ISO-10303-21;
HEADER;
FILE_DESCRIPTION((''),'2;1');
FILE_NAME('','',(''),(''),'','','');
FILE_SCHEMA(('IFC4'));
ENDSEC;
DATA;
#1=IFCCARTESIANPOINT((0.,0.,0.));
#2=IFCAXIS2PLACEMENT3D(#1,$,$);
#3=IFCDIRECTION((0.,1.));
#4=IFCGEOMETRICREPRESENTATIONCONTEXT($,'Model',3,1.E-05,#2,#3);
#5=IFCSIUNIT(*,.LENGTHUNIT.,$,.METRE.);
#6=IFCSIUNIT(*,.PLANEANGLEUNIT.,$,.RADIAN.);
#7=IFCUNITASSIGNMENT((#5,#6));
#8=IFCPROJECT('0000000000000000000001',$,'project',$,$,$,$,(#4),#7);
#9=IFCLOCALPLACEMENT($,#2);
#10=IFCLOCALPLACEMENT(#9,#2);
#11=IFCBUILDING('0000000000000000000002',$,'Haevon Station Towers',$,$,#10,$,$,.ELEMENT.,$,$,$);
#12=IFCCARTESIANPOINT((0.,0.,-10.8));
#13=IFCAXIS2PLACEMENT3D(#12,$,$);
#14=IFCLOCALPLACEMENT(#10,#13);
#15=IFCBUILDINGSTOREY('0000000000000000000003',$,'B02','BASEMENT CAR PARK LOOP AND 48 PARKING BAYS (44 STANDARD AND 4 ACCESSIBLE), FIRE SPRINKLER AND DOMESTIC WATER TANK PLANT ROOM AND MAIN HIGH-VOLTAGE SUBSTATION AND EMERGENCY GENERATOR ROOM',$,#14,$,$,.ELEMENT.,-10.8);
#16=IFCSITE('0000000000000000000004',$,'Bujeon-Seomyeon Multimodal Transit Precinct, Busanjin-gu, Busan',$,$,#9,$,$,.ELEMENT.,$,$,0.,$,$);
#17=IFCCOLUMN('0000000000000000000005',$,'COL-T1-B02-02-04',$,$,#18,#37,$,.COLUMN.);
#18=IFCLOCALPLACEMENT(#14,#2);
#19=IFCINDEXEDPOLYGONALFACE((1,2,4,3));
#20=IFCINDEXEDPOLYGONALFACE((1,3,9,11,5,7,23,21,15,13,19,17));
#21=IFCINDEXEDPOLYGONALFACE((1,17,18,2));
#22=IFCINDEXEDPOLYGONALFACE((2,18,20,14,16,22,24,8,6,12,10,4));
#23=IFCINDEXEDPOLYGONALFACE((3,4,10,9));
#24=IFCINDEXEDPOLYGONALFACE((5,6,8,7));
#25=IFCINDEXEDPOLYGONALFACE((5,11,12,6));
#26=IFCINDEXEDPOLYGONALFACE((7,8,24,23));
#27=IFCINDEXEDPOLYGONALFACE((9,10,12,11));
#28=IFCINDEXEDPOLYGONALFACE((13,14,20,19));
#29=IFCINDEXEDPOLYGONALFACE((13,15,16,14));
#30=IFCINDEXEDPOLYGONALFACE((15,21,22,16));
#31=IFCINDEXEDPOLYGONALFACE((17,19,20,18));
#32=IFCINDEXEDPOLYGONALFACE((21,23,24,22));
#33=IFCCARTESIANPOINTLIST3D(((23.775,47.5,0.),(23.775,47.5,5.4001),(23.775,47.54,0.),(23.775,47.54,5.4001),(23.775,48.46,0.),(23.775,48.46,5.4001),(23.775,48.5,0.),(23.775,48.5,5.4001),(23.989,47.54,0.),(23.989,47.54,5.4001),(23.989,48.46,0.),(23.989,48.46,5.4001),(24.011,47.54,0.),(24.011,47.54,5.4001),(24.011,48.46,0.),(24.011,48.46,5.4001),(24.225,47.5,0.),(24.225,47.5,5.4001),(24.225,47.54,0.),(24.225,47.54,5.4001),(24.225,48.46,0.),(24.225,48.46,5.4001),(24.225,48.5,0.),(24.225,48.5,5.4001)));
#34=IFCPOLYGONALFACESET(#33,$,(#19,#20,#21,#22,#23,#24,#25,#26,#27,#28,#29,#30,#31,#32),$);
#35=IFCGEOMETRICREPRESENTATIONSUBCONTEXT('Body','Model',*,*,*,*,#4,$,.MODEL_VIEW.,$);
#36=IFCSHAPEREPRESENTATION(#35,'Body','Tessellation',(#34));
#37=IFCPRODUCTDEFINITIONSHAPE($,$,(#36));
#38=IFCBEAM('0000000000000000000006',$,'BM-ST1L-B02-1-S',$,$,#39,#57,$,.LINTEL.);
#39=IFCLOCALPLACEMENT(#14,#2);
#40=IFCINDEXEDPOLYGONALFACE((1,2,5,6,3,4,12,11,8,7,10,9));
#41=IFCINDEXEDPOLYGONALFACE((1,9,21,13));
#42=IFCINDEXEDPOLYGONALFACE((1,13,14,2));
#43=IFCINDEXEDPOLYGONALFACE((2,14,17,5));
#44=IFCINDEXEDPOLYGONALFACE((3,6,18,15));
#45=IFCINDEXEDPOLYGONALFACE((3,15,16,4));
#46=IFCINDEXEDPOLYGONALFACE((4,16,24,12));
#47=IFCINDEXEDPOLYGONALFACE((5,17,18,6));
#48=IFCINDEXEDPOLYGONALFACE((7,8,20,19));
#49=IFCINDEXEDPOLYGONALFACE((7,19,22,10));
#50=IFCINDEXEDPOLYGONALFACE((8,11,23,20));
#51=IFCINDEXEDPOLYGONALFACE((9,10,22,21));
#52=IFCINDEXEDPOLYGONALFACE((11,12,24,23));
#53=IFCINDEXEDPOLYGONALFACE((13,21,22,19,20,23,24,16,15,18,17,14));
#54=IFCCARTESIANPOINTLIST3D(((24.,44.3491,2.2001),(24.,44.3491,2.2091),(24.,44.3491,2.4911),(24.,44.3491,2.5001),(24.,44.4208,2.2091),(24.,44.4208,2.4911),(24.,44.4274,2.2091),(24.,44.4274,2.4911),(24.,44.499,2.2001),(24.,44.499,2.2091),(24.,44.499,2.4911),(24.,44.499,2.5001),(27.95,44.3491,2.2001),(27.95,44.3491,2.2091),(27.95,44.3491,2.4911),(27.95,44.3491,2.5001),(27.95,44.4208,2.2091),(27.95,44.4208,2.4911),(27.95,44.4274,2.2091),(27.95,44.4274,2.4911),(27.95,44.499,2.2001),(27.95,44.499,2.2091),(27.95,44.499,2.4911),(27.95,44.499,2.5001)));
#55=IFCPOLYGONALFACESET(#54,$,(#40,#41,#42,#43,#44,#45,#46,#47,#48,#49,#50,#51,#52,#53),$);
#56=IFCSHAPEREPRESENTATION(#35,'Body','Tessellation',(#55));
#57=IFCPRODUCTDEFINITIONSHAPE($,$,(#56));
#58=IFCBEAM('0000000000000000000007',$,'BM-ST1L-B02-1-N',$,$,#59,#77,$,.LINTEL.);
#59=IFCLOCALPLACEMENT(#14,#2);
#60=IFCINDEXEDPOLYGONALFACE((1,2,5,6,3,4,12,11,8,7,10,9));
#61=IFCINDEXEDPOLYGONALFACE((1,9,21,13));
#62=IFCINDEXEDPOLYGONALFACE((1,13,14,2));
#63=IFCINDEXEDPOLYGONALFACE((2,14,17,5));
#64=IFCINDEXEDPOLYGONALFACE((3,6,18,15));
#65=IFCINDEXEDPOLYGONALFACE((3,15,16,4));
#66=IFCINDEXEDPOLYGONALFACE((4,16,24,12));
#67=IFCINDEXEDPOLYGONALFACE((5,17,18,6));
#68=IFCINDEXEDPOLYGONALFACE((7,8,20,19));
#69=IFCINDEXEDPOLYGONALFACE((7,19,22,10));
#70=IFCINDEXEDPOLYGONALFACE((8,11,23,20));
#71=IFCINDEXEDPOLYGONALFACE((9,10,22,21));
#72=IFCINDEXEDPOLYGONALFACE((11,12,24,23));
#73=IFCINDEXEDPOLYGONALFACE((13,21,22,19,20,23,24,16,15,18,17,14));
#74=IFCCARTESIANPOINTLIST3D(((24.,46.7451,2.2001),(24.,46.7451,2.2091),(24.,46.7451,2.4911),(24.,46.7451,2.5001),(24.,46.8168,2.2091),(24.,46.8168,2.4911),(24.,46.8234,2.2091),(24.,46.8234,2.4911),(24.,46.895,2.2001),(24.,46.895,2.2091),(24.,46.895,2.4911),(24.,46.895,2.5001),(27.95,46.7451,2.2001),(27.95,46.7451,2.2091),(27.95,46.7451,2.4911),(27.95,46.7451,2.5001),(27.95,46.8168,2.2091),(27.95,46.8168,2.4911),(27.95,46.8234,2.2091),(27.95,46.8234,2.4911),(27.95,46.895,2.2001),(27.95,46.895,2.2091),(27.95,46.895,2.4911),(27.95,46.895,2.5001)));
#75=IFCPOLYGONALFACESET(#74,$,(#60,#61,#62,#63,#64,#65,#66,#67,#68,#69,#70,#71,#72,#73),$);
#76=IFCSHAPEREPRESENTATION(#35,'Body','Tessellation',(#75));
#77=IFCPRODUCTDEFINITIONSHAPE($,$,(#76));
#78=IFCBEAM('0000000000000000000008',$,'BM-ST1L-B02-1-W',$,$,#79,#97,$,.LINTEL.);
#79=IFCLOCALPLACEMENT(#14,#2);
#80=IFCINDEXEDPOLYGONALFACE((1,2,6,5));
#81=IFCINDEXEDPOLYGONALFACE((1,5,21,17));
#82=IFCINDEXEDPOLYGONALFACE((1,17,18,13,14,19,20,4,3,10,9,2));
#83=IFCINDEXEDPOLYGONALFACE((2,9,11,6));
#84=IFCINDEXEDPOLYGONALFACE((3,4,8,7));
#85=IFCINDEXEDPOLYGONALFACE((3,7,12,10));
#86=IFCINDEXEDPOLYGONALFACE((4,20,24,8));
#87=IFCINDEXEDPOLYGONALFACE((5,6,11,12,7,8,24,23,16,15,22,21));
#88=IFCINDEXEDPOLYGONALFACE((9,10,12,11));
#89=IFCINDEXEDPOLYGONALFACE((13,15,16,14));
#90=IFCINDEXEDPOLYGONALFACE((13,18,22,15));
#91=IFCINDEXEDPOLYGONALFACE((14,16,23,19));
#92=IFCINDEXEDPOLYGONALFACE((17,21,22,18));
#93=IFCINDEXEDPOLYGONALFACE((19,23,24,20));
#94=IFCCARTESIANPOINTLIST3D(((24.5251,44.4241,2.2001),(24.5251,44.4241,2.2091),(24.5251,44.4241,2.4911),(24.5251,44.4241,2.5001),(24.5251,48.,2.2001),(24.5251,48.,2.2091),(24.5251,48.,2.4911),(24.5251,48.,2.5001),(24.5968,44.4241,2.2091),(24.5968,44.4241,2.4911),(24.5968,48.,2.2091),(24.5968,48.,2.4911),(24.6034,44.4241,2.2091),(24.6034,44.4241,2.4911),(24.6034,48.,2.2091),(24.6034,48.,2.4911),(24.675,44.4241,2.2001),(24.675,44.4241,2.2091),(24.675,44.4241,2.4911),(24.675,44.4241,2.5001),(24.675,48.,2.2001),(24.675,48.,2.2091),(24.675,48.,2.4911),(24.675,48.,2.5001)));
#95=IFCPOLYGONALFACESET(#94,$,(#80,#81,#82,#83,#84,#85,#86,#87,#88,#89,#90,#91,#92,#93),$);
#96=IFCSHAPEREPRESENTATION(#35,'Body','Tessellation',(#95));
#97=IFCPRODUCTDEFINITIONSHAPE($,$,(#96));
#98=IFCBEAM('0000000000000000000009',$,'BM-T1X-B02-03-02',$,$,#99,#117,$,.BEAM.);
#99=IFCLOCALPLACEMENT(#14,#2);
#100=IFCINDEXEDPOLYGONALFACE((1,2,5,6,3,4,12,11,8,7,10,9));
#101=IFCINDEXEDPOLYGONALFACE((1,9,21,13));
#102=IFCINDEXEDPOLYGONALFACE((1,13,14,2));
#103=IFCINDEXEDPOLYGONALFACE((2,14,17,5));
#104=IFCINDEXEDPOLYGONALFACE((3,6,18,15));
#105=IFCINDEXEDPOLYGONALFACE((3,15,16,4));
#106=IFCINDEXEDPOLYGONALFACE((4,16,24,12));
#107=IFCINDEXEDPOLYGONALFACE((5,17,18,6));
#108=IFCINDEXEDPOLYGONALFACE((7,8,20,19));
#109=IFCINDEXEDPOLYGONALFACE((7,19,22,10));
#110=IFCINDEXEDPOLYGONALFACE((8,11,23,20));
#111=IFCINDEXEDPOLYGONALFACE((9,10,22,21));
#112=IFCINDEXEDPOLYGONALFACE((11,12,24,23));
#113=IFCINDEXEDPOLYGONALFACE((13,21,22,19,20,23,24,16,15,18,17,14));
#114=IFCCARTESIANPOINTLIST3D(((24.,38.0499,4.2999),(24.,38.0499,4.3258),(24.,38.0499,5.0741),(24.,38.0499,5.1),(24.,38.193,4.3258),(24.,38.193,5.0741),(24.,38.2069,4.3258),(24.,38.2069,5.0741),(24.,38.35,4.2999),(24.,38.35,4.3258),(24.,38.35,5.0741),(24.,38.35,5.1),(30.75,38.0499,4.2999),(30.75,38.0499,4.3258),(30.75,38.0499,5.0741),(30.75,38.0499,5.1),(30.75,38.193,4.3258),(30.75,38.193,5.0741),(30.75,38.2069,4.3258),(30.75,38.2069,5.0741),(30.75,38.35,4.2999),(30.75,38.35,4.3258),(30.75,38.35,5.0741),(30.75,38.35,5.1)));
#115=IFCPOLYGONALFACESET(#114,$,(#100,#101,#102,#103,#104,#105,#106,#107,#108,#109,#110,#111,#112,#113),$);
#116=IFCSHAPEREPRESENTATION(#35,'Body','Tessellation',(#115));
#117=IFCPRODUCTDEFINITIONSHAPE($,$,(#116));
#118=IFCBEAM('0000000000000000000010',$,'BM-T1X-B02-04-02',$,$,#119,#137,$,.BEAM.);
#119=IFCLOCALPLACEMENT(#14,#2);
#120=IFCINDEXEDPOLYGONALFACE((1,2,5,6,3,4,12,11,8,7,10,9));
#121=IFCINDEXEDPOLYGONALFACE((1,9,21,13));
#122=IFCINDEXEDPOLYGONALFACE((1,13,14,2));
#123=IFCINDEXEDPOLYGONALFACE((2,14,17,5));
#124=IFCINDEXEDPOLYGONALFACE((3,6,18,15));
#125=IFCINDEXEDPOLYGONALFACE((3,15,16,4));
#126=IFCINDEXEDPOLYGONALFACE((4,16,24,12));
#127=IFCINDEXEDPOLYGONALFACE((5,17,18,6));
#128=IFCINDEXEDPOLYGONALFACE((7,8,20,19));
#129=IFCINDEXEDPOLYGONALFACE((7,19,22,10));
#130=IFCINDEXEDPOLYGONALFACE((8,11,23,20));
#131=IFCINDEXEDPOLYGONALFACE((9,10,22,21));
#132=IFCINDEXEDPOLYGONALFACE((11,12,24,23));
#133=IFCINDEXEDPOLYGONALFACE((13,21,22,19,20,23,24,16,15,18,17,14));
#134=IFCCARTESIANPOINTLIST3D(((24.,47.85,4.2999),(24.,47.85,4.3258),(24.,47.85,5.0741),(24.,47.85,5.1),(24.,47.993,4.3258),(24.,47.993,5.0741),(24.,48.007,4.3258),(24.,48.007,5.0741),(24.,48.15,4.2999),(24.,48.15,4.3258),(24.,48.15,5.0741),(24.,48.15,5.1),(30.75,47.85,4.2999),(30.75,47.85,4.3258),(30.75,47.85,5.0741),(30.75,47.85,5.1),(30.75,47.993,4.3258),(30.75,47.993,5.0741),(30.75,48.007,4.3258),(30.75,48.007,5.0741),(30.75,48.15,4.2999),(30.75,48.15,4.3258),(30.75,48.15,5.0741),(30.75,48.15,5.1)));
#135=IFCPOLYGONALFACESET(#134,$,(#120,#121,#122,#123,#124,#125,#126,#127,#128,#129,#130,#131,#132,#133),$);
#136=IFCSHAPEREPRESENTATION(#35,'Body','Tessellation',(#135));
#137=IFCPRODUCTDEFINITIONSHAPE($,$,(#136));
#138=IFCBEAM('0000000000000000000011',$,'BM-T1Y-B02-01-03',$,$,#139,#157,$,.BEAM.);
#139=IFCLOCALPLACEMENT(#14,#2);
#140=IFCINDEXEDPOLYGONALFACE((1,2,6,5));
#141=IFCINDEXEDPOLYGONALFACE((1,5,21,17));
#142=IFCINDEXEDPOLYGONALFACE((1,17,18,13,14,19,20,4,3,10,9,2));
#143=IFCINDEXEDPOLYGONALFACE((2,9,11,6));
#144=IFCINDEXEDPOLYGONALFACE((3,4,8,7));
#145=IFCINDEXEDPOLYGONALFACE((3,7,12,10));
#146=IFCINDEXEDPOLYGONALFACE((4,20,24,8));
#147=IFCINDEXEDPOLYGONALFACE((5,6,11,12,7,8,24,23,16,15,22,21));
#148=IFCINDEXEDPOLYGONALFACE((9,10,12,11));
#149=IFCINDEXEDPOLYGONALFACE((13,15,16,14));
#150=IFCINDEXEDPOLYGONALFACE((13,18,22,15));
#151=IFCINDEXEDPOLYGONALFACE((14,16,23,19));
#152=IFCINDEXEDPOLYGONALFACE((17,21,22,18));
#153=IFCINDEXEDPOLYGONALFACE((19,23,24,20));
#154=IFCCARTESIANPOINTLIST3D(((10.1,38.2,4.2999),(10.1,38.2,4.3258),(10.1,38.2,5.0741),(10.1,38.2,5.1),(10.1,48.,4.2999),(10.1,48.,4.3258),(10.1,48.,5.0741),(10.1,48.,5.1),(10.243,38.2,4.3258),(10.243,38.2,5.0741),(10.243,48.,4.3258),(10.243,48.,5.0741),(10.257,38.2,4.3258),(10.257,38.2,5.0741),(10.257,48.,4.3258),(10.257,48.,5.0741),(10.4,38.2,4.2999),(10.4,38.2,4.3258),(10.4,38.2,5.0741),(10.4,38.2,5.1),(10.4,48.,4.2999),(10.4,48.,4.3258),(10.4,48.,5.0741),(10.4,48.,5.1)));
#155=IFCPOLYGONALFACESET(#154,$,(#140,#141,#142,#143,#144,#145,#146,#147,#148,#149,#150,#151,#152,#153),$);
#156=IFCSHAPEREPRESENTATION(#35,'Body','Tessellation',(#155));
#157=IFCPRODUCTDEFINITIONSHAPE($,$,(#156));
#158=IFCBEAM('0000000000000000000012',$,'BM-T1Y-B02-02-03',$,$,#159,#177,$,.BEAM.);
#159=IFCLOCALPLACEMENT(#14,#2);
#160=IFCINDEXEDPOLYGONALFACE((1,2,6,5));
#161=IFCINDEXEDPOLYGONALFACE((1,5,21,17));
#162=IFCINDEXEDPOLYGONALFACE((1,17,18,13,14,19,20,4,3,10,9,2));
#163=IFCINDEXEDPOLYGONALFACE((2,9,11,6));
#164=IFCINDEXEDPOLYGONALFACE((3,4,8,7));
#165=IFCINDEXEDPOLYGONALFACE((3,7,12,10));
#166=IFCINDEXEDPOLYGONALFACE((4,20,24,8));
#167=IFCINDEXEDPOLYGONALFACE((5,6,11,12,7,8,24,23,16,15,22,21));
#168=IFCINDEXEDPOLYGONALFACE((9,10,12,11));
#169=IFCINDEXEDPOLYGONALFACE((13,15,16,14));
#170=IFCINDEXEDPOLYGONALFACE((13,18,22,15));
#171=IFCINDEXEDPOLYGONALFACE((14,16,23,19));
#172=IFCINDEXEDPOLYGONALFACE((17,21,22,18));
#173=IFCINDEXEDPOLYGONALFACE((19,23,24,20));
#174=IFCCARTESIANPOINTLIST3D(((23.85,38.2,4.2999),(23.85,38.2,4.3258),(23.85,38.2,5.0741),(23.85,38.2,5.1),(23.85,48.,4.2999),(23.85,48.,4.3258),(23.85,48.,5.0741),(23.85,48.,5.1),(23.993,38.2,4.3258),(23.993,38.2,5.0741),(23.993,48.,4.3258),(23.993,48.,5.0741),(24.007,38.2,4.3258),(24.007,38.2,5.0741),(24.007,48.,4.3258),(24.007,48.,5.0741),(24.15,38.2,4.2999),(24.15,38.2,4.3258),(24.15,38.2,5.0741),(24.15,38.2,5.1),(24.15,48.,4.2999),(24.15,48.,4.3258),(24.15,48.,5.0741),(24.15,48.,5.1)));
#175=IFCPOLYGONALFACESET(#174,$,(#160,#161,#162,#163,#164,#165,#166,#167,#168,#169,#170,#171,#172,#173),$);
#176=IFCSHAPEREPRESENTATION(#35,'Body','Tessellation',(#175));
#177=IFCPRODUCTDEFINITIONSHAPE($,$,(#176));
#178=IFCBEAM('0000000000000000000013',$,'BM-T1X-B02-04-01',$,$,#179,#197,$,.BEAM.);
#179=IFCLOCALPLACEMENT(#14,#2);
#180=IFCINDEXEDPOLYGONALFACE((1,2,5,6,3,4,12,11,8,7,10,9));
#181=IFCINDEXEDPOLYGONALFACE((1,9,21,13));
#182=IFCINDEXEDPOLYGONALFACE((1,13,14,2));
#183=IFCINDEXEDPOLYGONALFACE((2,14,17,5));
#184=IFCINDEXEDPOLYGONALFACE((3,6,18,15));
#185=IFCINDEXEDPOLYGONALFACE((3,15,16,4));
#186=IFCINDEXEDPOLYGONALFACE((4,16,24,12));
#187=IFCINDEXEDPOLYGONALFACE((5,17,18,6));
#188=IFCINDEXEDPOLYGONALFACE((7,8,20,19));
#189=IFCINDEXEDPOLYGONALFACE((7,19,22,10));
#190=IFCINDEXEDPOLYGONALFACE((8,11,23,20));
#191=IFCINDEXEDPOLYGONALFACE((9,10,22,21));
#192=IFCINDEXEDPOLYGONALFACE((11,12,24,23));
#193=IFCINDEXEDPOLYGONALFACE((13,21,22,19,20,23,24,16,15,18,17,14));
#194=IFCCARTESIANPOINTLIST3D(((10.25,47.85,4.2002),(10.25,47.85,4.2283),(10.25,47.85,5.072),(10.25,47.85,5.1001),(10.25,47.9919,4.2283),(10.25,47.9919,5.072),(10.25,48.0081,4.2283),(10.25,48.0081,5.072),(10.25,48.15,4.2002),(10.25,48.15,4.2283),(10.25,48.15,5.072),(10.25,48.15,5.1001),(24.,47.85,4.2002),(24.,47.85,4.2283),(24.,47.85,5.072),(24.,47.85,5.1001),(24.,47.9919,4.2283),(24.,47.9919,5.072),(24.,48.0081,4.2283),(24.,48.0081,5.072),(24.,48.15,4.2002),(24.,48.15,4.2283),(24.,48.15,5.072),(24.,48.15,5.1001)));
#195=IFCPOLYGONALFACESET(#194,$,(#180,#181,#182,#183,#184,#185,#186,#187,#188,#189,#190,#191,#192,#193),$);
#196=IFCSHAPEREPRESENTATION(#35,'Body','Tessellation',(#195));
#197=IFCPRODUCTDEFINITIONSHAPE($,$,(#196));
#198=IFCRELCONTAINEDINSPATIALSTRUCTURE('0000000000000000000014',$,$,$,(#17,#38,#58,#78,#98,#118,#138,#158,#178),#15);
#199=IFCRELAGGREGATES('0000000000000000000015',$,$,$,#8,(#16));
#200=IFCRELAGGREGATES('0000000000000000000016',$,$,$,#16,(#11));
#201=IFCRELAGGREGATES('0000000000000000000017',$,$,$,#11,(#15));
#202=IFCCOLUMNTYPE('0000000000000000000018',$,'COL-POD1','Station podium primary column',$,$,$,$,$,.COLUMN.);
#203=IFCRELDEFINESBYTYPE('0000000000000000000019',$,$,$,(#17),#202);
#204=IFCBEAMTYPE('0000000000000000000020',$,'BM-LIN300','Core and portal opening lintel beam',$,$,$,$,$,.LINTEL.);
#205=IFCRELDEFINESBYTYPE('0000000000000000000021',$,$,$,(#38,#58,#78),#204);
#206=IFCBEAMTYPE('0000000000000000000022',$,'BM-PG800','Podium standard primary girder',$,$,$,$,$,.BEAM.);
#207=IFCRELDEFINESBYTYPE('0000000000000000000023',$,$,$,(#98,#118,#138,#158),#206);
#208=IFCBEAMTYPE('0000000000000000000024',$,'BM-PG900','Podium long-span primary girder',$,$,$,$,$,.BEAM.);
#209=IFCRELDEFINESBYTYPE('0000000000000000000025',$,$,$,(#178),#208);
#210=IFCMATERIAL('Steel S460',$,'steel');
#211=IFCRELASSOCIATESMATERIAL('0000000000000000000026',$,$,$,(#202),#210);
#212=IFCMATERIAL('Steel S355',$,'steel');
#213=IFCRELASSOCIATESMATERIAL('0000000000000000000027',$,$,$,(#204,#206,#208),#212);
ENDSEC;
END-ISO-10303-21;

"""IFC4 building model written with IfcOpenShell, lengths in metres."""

from ifc_helpers import new_model, si_unit, direction, frame, origin, origin_2d, place, context, subcontext, project, spatial, i_section, extrude, material, material_profile, profile_set, type_object, element, save


model = new_model("IFC4")

# Units and contexts
model_context = context("Model", 3, precision=1e-05, world=origin(), true_north=direction((0.0, 1.0)))
body_context = subcontext(model_context, "Body", "Model", "MODEL_VIEW")
ifc_project = project(units=[si_unit("LENGTHUNIT", "METRE"), si_unit("PLANEANGLEUNIT", "RADIAN")], contexts=[model_context])

# Site, building, storey
site_placement = place(None, origin())
site = spatial("IfcSite", under=ifc_project, at=site_placement, Name="Bujeon-Seomyeon Multimodal Transit Precinct, Busanjin-gu, Busan", CompositionType="ELEMENT", RefElevation=0.0)
building_placement = place(site_placement, origin())
building = spatial("IfcBuilding", under=site, at=building_placement, Name="Haevon Station Towers", CompositionType="ELEMENT")
storey_placement = place(building_placement, frame((0.0, 0.0, -10.8)))
storey = spatial("IfcBuildingStorey", under=building, at=storey_placement, Name="B02", Description="BASEMENT CAR PARK LOOP AND 48 PARKING BAYS (44 STANDARD AND 4 ACCESSIBLE), FIRE SPRINKLER AND DOMESTIC WATER TANK PLANT ROOM AND MAIN HIGH-VOLTAGE SUBSTATION AND EMERGENCY GENERATOR ROOM", CompositionType="ELEMENT", Elevation=-10.8)

# Column
ifc_material_1 = material(Name="Steel S460", Category="steel")
ifc_material_profile_1 = material_profile(ifc_material_1, i_section(OverallWidth=0.45, OverallDepth=1.0, WebThickness=0.022, FlangeThickness=0.04, at=origin_2d()), Name="H-1000x450x22x40")
ifc_profile_set_1 = profile_set([ifc_material_profile_1], Name="Steel S460")
column_type_1 = type_object("IfcColumnType", Name="COL-POD1", Description="Station podium primary column", PredefinedType="COLUMN", material=ifc_profile_set_1)
for number, where, z_axis, x_axis, name in (
    (1, (24.0, 48.0, 0.0), (0.0, 0.0, 1.0), (1.0, 0.0, 0.0), "COL-T1-B02-02-04"),
):
    element("IfcColumn", number, at=place(storey_placement, frame(where, z_axis=z_axis, x_axis=x_axis)), inside=storey, type_object=column_type_1, Name=name, PredefinedType="COLUMN", context=body_context, shape_type="SweptSolid", body=[
        extrude(i_section(OverallWidth=0.45, OverallDepth=1.0, WebThickness=0.022, FlangeThickness=0.04, at=origin_2d()), origin(), (0.0, 0.0, 1.0), 5.4001),
    ])

# Beams
ifc_material_2 = material(Name="Steel S355", Category="steel")
ifc_material_profile_2 = material_profile(ifc_material_2, i_section(OverallWidth=0.1499, OverallDepth=0.3, WebThickness=0.0066, FlangeThickness=0.009, at=origin_2d()), Name="H-300x150x6.5x9")
ifc_profile_set_2 = profile_set([ifc_material_profile_2], Name="Steel S355")
beam_type_1 = type_object("IfcBeamType", Name="BM-LIN300", Description="Core and portal opening lintel beam", PredefinedType="LINTEL", material=ifc_profile_set_2)
for number, where, z_axis, x_axis, name in (
    (2, (24.0, 44.4241, 2.3501), (1.0, 0.0, 0.0), (0.0, 1.0, 0.0), "BM-ST1L-B02-1-S"),
    (3, (24.0, 46.8201, 2.3501), (1.0, 0.0, 0.0), (0.0, 1.0, 0.0), "BM-ST1L-B02-1-N"),
):
    element("IfcBeam", number, at=place(storey_placement, frame(where, z_axis=z_axis, x_axis=x_axis)), inside=storey, type_object=beam_type_1, Name=name, PredefinedType="LINTEL", context=body_context, shape_type="SweptSolid", body=[
        extrude(i_section(OverallWidth=0.1499, OverallDepth=0.3, WebThickness=0.0066, FlangeThickness=0.009, at=origin_2d()), origin(), (0.0, 0.0, 1.0), 3.95),
    ])
beam_1_placement = place(storey_placement, frame((24.6001, 44.4241, 2.3501), z_axis=(0.0, 1.0, 0.0), x_axis=(-1.0, 0.0, 0.0)))
element("IfcBeam", 4, at=beam_1_placement, inside=storey, type_object=beam_type_1, Name="BM-ST1L-B02-1-W", PredefinedType="LINTEL", context=body_context, shape_type="SweptSolid", body=[
    extrude(i_section(OverallWidth=0.1499, OverallDepth=0.3, WebThickness=0.0066, FlangeThickness=0.009, at=origin_2d()), origin(), (0.0, 0.0, 1.0), 3.5759),
])
ifc_material_profile_3 = material_profile(ifc_material_2, i_section(OverallWidth=0.3, OverallDepth=0.8, WebThickness=0.0139, FlangeThickness=0.0259, at=origin_2d()), Name="H-800x300x14x26")
ifc_profile_set_3 = profile_set([ifc_material_profile_3], Name="Steel S355")
beam_type_2 = type_object("IfcBeamType", Name="BM-PG800", Description="Podium standard primary girder", PredefinedType="BEAM", material=ifc_profile_set_3)
for number, where, z_axis, x_axis, name in (
    (5, (24.0, 38.2, 4.7), (1.0, 0.0, 0.0), (0.0, 1.0, 0.0), "BM-T1X-B02-03-02"),
    (6, (24.0, 48.0, 4.7), (1.0, 0.0, 0.0), (0.0, 1.0, 0.0), "BM-T1X-B02-04-02"),
):
    element("IfcBeam", number, at=place(storey_placement, frame(where, z_axis=z_axis, x_axis=x_axis)), inside=storey, type_object=beam_type_2, Name=name, PredefinedType="BEAM", context=body_context, shape_type="SweptSolid", body=[
        extrude(i_section(OverallWidth=0.3, OverallDepth=0.8, WebThickness=0.0139, FlangeThickness=0.0259, at=origin_2d()), origin(), (0.0, 0.0, 1.0), 6.75),
    ])
for number, where, z_axis, x_axis, name in (
    (7, (10.25, 38.2, 4.7), (0.0, 1.0, 0.0), (-1.0, 0.0, 0.0), "BM-T1Y-B02-01-03"),
    (8, (24.0, 38.2, 4.7), (0.0, 1.0, 0.0), (-1.0, 0.0, 0.0), "BM-T1Y-B02-02-03"),
):
    element("IfcBeam", number, at=place(storey_placement, frame(where, z_axis=z_axis, x_axis=x_axis)), inside=storey, type_object=beam_type_2, Name=name, PredefinedType="BEAM", context=body_context, shape_type="SweptSolid", body=[
        extrude(i_section(OverallWidth=0.3, OverallDepth=0.8, WebThickness=0.0139, FlangeThickness=0.0259, at=origin_2d()), origin(), (0.0, 0.0, 1.0), 9.8),
    ])
ifc_material_profile_4 = material_profile(ifc_material_2, i_section(OverallWidth=0.3, OverallDepth=0.8999, WebThickness=0.0161, FlangeThickness=0.0281, at=origin_2d()), Name="H-900x300x16x28")
ifc_profile_set_4 = profile_set([ifc_material_profile_4], Name="Steel S355")
beam_type_3 = type_object("IfcBeamType", Name="BM-PG900", Description="Podium long-span primary girder", PredefinedType="BEAM", material=ifc_profile_set_4)
beam_2_placement = place(storey_placement, frame((10.25, 48.0, 4.6501), z_axis=(1.0, 0.0, 0.0), x_axis=(0.0, 1.0, 0.0)))
element("IfcBeam", 9, at=beam_2_placement, inside=storey, type_object=beam_type_3, Name="BM-T1X-B02-04-01", PredefinedType="BEAM", context=body_context, shape_type="SweptSolid", body=[
    extrude(i_section(OverallWidth=0.3, OverallDepth=0.8999, WebThickness=0.0161, FlangeThickness=0.0281, at=origin_2d()), origin(), (0.0, 0.0, 1.0), 13.75),
])

save(model, "model.ifc")
